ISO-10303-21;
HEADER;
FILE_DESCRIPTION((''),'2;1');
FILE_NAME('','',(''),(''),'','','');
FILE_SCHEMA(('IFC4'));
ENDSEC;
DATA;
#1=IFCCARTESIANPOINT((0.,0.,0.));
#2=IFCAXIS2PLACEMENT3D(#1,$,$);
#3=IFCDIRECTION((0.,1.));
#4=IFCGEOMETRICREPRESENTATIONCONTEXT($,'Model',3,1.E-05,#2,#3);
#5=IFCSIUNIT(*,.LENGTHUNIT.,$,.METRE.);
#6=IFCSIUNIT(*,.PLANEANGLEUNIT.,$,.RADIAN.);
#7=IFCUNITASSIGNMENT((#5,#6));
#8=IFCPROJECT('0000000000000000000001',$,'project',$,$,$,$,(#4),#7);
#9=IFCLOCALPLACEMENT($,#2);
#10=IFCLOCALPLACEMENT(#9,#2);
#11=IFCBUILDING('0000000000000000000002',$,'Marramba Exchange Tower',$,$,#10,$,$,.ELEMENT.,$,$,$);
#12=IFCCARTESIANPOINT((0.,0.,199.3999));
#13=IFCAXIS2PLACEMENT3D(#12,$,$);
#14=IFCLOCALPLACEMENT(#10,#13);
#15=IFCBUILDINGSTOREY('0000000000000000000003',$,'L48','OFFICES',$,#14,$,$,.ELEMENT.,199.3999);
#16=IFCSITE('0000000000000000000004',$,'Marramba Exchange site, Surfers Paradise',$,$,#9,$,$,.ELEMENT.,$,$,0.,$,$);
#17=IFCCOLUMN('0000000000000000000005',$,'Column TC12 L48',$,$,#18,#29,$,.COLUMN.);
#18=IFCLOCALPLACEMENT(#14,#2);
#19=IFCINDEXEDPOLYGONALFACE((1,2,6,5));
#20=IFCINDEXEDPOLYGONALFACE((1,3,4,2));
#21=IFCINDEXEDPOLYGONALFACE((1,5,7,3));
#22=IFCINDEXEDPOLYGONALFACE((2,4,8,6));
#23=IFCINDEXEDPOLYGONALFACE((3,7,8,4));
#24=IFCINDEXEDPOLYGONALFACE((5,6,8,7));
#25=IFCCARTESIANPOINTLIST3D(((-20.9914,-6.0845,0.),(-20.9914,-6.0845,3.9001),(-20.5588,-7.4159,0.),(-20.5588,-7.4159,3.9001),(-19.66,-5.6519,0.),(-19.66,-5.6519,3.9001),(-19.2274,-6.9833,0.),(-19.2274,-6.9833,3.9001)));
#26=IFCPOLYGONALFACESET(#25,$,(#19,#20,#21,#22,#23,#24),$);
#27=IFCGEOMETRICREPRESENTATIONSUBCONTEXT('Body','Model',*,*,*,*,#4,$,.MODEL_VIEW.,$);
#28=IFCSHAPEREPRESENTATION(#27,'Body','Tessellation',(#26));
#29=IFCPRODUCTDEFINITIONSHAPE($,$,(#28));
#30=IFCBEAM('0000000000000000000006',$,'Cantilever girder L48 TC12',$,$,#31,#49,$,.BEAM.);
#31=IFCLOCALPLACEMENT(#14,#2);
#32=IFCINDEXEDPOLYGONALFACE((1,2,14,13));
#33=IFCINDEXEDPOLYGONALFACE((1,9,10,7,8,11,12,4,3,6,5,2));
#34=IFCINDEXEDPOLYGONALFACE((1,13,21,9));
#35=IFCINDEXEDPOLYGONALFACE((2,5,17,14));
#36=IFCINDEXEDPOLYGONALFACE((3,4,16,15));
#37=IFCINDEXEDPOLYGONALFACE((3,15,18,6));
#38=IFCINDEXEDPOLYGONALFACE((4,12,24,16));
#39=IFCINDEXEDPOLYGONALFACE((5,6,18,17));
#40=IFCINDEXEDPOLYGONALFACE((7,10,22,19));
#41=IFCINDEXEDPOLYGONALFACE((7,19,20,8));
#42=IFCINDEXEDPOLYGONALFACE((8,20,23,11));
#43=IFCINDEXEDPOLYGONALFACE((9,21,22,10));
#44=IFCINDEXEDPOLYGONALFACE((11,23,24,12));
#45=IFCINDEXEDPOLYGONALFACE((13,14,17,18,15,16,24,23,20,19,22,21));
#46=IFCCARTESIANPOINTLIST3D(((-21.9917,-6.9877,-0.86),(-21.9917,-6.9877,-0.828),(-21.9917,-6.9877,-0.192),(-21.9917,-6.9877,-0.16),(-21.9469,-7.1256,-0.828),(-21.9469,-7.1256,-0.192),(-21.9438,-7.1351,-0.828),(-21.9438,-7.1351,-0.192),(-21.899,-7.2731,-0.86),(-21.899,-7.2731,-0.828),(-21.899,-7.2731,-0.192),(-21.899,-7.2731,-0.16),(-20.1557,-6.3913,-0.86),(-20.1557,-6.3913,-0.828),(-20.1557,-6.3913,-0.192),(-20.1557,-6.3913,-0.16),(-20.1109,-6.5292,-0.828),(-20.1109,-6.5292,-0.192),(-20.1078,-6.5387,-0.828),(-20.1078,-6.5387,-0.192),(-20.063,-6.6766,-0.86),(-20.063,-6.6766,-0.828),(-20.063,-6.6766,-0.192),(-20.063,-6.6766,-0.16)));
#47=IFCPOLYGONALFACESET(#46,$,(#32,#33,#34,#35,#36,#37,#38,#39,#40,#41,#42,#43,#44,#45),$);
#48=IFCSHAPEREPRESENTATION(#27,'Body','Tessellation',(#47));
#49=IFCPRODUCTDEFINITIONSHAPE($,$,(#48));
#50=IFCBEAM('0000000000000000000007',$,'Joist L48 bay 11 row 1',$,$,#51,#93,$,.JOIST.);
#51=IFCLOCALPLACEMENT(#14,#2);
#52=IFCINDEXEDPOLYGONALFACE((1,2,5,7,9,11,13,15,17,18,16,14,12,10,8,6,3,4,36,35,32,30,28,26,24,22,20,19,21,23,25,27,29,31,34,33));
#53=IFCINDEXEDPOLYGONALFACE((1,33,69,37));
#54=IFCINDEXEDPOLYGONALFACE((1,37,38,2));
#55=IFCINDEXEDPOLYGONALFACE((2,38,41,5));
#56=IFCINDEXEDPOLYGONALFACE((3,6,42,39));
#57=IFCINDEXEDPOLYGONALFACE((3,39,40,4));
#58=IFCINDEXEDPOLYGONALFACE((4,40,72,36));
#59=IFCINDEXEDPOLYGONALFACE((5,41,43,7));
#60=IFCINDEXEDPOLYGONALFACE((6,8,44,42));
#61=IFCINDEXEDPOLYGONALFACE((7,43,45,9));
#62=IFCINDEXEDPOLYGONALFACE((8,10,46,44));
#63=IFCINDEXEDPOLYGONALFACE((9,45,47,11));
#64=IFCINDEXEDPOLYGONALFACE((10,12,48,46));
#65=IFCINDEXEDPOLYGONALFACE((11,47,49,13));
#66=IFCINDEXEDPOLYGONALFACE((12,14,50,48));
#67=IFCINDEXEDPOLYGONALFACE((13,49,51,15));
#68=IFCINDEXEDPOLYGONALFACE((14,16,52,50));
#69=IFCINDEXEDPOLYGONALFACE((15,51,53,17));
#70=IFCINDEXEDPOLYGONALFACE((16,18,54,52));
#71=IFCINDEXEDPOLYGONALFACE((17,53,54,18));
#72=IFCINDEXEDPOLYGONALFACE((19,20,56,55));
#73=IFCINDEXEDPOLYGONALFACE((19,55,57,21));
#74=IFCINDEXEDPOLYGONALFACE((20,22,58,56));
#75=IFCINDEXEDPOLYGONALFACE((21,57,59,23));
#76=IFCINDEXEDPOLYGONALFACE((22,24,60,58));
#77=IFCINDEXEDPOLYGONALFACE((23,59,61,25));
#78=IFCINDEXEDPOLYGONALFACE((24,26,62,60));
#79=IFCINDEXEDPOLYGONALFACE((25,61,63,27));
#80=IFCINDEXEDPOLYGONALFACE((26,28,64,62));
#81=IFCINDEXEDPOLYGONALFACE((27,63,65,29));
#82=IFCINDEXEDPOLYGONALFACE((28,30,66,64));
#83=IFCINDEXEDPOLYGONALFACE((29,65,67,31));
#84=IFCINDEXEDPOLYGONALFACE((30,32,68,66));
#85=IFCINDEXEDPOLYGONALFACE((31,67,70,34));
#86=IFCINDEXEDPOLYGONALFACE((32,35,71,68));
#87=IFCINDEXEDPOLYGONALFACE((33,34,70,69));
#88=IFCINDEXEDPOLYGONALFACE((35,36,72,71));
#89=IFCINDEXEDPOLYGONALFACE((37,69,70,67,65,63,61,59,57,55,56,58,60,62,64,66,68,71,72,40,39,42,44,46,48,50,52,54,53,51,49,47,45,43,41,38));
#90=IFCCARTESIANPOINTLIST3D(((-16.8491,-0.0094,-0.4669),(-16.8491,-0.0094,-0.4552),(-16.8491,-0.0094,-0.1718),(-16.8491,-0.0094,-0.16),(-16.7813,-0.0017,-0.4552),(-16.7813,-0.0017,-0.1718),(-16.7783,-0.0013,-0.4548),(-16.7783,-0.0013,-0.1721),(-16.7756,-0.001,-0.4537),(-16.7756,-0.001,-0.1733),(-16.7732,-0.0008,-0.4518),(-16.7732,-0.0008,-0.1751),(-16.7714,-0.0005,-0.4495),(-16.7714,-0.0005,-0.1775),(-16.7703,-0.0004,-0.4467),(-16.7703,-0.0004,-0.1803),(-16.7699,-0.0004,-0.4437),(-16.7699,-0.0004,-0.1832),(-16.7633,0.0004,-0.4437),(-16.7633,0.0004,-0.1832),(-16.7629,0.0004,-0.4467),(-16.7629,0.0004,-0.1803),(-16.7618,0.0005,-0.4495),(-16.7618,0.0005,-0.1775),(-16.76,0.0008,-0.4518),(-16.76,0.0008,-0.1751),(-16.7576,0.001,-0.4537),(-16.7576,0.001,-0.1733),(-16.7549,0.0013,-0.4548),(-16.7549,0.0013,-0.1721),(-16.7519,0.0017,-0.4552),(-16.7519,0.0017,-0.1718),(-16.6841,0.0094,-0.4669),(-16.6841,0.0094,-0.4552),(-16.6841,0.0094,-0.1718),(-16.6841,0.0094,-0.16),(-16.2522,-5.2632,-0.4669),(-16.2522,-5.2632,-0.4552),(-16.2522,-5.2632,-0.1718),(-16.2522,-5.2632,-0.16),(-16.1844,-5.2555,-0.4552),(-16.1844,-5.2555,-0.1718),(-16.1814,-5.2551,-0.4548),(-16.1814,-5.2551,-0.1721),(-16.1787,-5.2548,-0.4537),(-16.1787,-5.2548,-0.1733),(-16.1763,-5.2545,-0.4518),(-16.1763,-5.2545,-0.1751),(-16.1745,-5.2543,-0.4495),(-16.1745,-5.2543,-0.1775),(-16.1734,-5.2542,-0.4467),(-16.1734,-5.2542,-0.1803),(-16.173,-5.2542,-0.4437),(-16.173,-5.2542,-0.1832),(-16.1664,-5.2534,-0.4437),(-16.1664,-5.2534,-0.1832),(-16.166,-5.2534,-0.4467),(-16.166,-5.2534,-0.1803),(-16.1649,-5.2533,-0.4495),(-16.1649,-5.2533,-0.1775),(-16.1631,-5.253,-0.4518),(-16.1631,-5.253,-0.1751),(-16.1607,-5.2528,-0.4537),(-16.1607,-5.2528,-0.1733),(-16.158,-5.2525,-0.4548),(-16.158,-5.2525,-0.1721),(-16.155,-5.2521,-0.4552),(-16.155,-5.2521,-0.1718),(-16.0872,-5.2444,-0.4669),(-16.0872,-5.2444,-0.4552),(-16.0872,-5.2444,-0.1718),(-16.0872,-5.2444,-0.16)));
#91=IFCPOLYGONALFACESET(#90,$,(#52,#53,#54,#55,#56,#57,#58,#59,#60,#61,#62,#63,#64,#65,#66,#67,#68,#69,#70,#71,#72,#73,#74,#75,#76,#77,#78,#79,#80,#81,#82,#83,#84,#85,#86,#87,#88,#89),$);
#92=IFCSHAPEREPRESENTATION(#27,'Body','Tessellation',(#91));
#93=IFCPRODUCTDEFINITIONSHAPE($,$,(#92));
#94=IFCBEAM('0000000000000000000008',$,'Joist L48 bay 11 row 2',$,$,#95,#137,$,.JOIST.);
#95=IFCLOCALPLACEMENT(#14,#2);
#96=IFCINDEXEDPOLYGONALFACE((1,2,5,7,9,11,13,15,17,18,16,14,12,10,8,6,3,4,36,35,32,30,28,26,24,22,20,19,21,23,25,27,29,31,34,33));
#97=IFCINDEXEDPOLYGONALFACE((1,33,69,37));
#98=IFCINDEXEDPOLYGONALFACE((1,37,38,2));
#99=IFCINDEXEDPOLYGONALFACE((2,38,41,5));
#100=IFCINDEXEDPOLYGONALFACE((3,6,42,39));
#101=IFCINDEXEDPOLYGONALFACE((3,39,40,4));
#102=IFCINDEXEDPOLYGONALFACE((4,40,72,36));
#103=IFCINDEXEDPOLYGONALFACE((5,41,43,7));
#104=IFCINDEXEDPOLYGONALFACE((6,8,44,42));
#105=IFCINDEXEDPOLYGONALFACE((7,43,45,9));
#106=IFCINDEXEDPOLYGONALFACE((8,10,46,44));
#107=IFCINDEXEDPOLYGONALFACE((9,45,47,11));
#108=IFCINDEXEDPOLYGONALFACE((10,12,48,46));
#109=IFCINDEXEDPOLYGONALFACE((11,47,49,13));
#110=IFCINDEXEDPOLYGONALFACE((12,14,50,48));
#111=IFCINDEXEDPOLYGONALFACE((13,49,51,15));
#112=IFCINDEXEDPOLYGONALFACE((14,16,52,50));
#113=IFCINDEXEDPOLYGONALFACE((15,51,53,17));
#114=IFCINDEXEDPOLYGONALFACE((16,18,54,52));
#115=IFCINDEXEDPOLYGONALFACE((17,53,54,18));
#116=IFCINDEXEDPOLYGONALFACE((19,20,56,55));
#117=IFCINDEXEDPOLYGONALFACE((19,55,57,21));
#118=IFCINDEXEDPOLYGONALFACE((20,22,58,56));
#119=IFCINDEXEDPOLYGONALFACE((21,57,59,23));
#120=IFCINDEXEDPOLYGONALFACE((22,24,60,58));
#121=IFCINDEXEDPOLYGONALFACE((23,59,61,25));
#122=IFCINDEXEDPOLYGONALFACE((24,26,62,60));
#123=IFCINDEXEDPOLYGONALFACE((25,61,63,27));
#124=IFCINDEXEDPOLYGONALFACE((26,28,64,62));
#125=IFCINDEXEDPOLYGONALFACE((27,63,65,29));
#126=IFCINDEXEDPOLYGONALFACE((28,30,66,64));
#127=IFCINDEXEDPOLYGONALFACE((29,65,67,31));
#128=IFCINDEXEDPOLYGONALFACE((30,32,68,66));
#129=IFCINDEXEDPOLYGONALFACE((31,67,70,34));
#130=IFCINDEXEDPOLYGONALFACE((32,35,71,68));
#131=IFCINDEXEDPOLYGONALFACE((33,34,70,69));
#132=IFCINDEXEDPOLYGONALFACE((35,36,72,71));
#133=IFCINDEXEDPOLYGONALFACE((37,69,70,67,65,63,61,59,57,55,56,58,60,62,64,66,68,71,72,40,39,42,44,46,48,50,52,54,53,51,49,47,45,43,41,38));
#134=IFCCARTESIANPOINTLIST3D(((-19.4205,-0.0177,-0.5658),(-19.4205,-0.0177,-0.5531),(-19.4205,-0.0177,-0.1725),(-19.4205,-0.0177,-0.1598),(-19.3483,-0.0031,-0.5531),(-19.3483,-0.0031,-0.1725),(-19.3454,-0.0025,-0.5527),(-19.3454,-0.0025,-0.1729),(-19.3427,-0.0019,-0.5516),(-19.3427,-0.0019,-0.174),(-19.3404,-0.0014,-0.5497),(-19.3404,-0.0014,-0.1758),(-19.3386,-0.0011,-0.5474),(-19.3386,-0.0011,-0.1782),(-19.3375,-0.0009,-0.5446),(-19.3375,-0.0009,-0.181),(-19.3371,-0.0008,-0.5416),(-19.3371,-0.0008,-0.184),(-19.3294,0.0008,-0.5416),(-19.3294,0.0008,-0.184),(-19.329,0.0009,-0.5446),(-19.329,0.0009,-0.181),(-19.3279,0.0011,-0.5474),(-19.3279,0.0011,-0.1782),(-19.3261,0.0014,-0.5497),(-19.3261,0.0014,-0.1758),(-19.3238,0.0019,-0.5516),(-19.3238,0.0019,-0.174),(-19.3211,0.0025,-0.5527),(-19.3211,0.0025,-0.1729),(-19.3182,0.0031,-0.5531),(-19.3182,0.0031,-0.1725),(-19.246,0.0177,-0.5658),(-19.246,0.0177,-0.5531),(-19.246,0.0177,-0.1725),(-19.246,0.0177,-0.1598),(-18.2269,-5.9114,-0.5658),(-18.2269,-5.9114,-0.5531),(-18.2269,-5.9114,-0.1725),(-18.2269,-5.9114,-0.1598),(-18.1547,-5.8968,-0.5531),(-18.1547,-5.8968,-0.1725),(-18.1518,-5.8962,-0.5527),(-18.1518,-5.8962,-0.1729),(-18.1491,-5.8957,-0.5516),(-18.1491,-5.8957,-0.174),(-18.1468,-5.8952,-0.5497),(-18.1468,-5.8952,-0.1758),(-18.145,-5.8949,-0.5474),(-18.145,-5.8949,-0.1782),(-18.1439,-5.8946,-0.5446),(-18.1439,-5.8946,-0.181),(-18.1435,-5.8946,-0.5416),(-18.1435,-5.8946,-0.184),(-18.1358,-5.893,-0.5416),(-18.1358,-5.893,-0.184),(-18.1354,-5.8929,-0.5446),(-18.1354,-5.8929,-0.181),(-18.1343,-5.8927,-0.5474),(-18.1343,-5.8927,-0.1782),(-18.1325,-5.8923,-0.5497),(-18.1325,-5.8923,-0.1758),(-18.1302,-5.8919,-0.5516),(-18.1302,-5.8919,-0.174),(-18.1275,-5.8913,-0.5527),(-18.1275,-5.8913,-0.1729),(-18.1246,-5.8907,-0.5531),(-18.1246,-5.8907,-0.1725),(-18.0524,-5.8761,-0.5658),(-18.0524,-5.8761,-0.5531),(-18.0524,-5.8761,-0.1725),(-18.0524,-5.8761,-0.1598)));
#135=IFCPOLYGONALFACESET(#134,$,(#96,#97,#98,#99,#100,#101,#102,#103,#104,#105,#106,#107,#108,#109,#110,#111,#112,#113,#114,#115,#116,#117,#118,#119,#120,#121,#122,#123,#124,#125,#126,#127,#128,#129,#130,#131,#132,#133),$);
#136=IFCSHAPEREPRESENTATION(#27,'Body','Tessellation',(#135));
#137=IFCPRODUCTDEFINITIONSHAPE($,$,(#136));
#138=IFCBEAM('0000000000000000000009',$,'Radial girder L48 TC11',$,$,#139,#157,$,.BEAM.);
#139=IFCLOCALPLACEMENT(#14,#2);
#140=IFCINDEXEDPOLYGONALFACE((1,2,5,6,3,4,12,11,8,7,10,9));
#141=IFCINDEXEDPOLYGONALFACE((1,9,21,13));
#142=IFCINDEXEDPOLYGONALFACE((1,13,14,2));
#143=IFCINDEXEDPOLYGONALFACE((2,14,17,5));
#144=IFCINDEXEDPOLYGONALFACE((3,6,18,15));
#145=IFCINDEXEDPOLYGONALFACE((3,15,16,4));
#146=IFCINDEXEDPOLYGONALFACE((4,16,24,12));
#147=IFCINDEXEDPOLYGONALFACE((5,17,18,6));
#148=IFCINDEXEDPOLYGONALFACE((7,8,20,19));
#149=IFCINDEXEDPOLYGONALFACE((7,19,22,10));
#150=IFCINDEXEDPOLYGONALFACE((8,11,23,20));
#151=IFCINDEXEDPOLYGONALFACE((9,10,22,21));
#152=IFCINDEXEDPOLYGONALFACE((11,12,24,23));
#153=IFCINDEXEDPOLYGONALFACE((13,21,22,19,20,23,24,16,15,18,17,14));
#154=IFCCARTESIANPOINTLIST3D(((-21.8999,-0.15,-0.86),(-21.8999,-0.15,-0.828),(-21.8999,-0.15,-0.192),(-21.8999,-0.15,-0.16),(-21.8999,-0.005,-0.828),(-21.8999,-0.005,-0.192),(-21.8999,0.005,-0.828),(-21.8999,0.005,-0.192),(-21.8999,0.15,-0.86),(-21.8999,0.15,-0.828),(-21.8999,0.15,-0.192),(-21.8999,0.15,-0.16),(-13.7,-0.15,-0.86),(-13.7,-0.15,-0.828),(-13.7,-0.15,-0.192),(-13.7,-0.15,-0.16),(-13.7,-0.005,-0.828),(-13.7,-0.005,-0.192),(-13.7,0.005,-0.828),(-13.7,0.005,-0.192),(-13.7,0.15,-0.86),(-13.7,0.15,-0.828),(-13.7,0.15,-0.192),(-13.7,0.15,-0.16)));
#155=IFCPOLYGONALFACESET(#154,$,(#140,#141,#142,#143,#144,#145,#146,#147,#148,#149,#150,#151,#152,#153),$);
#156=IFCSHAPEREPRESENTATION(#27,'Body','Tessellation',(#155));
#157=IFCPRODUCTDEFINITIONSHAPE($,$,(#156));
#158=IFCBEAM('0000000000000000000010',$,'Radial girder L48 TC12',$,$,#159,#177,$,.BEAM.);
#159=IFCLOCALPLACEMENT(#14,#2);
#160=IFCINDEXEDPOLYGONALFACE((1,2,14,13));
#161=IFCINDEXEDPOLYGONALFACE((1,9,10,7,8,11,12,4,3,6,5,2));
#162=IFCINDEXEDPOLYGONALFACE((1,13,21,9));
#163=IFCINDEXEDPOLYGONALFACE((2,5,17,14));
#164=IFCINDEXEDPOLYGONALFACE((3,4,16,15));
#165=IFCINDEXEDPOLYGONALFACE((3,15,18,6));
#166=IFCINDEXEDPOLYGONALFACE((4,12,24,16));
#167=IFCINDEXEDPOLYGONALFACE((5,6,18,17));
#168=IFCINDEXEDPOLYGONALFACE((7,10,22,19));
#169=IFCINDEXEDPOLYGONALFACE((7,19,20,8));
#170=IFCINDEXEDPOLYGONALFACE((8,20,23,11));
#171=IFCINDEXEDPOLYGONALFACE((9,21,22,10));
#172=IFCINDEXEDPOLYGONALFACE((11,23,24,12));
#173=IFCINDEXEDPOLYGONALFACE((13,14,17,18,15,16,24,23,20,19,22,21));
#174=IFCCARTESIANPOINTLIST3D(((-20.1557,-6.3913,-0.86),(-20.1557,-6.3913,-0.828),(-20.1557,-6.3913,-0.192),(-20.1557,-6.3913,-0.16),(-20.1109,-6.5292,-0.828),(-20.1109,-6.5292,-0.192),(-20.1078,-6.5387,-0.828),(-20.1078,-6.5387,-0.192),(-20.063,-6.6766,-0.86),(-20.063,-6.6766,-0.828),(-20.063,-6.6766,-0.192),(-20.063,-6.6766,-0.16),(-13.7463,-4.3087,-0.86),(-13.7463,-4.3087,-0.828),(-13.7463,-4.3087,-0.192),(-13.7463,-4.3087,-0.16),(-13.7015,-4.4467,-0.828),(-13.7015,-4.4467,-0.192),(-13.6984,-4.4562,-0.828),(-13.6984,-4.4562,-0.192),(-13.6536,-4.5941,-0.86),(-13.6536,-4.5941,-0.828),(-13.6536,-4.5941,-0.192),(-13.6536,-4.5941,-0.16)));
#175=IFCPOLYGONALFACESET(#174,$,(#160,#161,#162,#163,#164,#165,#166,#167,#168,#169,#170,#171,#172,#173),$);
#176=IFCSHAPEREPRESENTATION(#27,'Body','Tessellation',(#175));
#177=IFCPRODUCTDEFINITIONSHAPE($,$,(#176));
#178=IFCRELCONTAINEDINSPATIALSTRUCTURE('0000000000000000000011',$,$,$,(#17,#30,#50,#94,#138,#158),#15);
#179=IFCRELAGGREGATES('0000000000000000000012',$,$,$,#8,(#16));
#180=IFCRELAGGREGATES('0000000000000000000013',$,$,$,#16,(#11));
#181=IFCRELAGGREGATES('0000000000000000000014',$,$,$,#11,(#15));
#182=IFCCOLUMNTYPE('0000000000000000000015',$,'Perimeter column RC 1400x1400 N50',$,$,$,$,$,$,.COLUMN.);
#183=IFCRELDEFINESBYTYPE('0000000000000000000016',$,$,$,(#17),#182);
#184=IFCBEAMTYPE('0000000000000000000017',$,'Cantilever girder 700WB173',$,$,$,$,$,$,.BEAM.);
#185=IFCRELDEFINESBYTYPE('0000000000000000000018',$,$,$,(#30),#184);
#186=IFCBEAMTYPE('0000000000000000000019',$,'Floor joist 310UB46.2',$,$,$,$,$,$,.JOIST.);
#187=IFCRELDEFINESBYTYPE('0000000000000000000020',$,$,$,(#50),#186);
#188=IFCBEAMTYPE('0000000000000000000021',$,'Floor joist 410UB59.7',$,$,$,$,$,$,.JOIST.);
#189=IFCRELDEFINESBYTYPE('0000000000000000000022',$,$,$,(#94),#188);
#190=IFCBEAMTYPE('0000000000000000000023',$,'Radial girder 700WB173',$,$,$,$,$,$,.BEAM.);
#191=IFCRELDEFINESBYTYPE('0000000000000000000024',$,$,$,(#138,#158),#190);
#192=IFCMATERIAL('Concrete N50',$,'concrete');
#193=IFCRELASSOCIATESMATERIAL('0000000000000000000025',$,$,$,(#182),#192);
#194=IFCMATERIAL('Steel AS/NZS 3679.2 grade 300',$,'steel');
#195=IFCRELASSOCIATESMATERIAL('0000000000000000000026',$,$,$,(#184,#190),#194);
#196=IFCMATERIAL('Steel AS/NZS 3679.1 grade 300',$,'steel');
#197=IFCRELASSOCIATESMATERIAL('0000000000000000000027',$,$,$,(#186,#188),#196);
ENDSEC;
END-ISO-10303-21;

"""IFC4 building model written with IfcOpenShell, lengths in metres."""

from ifc_helpers import new_model, si_unit, direction, frame, origin, origin_2d, place, context, subcontext, project, spatial, rectangle, i_section, extrude, material, material_profile, profile_set, type_object, element, save


model = new_model("IFC4")

# Units and contexts
model_context = context("Model", 3, precision=1e-05, world=origin(), true_north=direction((0.0, 1.0)))
body_context = subcontext(model_context, "Body", "Model", "MODEL_VIEW")
ifc_project = project(units=[si_unit("LENGTHUNIT", "METRE"), si_unit("PLANEANGLEUNIT", "RADIAN")], contexts=[model_context])

# Site, building, storey
site_placement = place(None, origin())
site = spatial("IfcSite", under=ifc_project, at=site_placement, Name="Marramba Exchange site, Surfers Paradise", CompositionType="ELEMENT", RefElevation=0.0)
building_placement = place(site_placement, origin())
building = spatial("IfcBuilding", under=site, at=building_placement, Name="Marramba Exchange Tower", CompositionType="ELEMENT")
storey_placement = place(building_placement, frame((0.0, 0.0, 199.3999)))
storey = spatial("IfcBuildingStorey", under=building, at=storey_placement, Name="L48", Description="OFFICES", CompositionType="ELEMENT", Elevation=199.3999)

# Column
ifc_material_1 = material(Name="Concrete N50", Category="concrete")
ifc_material_profile_1 = material_profile(ifc_material_1, rectangle(XDim=1.3999, YDim=1.3999, at=origin_2d()), Name="RC 1400x1400")
ifc_profile_set_1 = profile_set([ifc_material_profile_1], Name="Concrete N50")
column_type = type_object("IfcColumnType", Name="Perimeter column RC 1400x1400 N50", PredefinedType="COLUMN", material=ifc_profile_set_1)
column_placement = place(storey_placement, frame((-20.1094, -6.5339, 0.0), z_axis=(0.0, 0.0, 1.0), x_axis=(-0.951057, -0.309017, 0.0)))
element("IfcColumn", 1, at=column_placement, inside=storey, type_object=column_type, Name="Column TC12 L48", PredefinedType="COLUMN", context=body_context, shape_type="SweptSolid", body=[
    extrude(rectangle(XDim=1.3999, YDim=1.3999, at=origin_2d()), origin(), (0.0, 0.0, 1.0), 3.9001),
])

# Beams
ifc_material_2 = material(Name="Steel AS/NZS 3679.2 grade 300", Category="steel")
ifc_material_profile_2 = material_profile(ifc_material_2, i_section(OverallWidth=0.3, OverallDepth=0.7, WebThickness=0.01, FlangeThickness=0.032, at=origin_2d()), Name="700WB173")
ifc_profile_set_2 = profile_set([ifc_material_profile_2], Name="Steel AS/NZS 3679.2 grade 300")
beam_type_1 = type_object("IfcBeamType", Name="Cantilever girder 700WB173", PredefinedType="BEAM", material=ifc_profile_set_2)
beam_1_placement = place(storey_placement, frame((-20.1094, -6.5339, -0.51), z_axis=(-0.951071, -0.308972, 0.0), x_axis=(0.308972, -0.951071, 0.0)))
element("IfcBeam", 2, at=beam_1_placement, inside=storey, type_object=beam_type_1, Name="Cantilever girder L48 TC12", PredefinedType="BEAM", context=body_context, shape_type="SweptSolid", body=[
    extrude(i_section(OverallWidth=0.3, OverallDepth=0.7, WebThickness=0.01, FlangeThickness=0.032, at=origin_2d()), origin(), (0.0, 0.0, 1.0), 1.9304),
])
ifc_material_3 = material(Name="Steel AS/NZS 3679.1 grade 300", Category="steel")
ifc_material_profile_3 = material_profile(ifc_material_3, i_section(OverallWidth=0.166, OverallDepth=0.3069, WebThickness=0.0066, FlangeThickness=0.0117, FilletRadius=0.0115, at=origin_2d()), Name="310UB46.2")
ifc_profile_set_3 = profile_set([ifc_material_profile_3], Name="Steel AS/NZS 3679.1 grade 300")
beam_type_2 = type_object("IfcBeamType", Name="Floor joist 310UB46.2", PredefinedType="JOIST", material=ifc_profile_set_3)
beam_2_placement = place(storey_placement, frame((-16.7666, 0.0, -0.3135), z_axis=(0.112889, -0.993608, 0.0), x_axis=(0.993608, 0.112889, 0.0)))
element("IfcBeam", 3, at=beam_2_placement, inside=storey, type_object=beam_type_2, Name="Joist L48 bay 11 row 1", PredefinedType="JOIST", context=body_context, shape_type="SweptSolid", body=[
    extrude(i_section(OverallWidth=0.166, OverallDepth=0.3069, WebThickness=0.0066, FlangeThickness=0.0117, FilletRadius=0.0115, at=origin_2d()), origin(), (0.0, 0.0, 1.0), 5.2876),
])
ifc_material_profile_4 = material_profile(ifc_material_3, i_section(OverallWidth=0.178, OverallDepth=0.406, WebThickness=0.0078, FlangeThickness=0.0127, FilletRadius=0.0115, at=origin_2d()), Name="410UB59.7")
ifc_profile_set_4 = profile_set([ifc_material_profile_4], Name="Steel AS/NZS 3679.1 grade 300")
beam_type_3 = type_object("IfcBeamType", Name="Floor joist 410UB59.7", PredefinedType="JOIST", material=ifc_profile_set_4)
beam_3_placement = place(storey_placement, frame((-19.3333, 0.0, -0.3628), z_axis=(0.198489, -0.980103, 0.0), x_axis=(0.980103, 0.198489, 0.0)))
element("IfcBeam", 4, at=beam_3_placement, inside=storey, type_object=beam_type_3, Name="Joist L48 bay 11 row 2", PredefinedType="JOIST", context=body_context, shape_type="SweptSolid", body=[
    extrude(i_section(OverallWidth=0.178, OverallDepth=0.406, WebThickness=0.0078, FlangeThickness=0.0127, FilletRadius=0.0115, at=origin_2d()), origin(), (0.0, 0.0, 1.0), 6.0134),
])
ifc_material_profile_5 = material_profile(ifc_material_2, i_section(OverallWidth=0.3, OverallDepth=0.7, WebThickness=0.01, FlangeThickness=0.032, at=origin_2d()), Name="700WB173")
ifc_profile_set_5 = profile_set([ifc_material_profile_5], Name="Steel AS/NZS 3679.2 grade 300")
beam_type_4 = type_object("IfcBeamType", Name="Radial girder 700WB173", PredefinedType="BEAM", material=ifc_profile_set_5)
beam_4_placement = place(storey_placement, frame((-13.7, 0.0, -0.51), z_axis=(-1.0, 0.0, 0.0), x_axis=(0.0, -1.0, 0.0)))
element("IfcBeam", 5, at=beam_4_placement, inside=storey, type_object=beam_type_4, Name="Radial girder L48 TC11", PredefinedType="BEAM", context=body_context, shape_type="SweptSolid", body=[
    extrude(i_section(OverallWidth=0.3, OverallDepth=0.7, WebThickness=0.01, FlangeThickness=0.032, at=origin_2d()), origin(), (0.0, 0.0, 1.0), 8.2),
])
beam_5_placement = place(storey_placement, frame((-13.7, -4.4514, -0.51), z_axis=(-0.951058, -0.309013, 0.0), x_axis=(0.309013, -0.951058, 0.0)))
element("IfcBeam", 6, at=beam_5_placement, inside=storey, type_object=beam_type_4, Name="Radial girder L48 TC12", PredefinedType="BEAM", context=body_context, shape_type="SweptSolid", body=[
    extrude(i_section(OverallWidth=0.3, OverallDepth=0.7, WebThickness=0.01, FlangeThickness=0.032, at=origin_2d()), origin(), (0.0, 0.0, 1.0), 6.7393),
])

save(model, "model.ifc")
